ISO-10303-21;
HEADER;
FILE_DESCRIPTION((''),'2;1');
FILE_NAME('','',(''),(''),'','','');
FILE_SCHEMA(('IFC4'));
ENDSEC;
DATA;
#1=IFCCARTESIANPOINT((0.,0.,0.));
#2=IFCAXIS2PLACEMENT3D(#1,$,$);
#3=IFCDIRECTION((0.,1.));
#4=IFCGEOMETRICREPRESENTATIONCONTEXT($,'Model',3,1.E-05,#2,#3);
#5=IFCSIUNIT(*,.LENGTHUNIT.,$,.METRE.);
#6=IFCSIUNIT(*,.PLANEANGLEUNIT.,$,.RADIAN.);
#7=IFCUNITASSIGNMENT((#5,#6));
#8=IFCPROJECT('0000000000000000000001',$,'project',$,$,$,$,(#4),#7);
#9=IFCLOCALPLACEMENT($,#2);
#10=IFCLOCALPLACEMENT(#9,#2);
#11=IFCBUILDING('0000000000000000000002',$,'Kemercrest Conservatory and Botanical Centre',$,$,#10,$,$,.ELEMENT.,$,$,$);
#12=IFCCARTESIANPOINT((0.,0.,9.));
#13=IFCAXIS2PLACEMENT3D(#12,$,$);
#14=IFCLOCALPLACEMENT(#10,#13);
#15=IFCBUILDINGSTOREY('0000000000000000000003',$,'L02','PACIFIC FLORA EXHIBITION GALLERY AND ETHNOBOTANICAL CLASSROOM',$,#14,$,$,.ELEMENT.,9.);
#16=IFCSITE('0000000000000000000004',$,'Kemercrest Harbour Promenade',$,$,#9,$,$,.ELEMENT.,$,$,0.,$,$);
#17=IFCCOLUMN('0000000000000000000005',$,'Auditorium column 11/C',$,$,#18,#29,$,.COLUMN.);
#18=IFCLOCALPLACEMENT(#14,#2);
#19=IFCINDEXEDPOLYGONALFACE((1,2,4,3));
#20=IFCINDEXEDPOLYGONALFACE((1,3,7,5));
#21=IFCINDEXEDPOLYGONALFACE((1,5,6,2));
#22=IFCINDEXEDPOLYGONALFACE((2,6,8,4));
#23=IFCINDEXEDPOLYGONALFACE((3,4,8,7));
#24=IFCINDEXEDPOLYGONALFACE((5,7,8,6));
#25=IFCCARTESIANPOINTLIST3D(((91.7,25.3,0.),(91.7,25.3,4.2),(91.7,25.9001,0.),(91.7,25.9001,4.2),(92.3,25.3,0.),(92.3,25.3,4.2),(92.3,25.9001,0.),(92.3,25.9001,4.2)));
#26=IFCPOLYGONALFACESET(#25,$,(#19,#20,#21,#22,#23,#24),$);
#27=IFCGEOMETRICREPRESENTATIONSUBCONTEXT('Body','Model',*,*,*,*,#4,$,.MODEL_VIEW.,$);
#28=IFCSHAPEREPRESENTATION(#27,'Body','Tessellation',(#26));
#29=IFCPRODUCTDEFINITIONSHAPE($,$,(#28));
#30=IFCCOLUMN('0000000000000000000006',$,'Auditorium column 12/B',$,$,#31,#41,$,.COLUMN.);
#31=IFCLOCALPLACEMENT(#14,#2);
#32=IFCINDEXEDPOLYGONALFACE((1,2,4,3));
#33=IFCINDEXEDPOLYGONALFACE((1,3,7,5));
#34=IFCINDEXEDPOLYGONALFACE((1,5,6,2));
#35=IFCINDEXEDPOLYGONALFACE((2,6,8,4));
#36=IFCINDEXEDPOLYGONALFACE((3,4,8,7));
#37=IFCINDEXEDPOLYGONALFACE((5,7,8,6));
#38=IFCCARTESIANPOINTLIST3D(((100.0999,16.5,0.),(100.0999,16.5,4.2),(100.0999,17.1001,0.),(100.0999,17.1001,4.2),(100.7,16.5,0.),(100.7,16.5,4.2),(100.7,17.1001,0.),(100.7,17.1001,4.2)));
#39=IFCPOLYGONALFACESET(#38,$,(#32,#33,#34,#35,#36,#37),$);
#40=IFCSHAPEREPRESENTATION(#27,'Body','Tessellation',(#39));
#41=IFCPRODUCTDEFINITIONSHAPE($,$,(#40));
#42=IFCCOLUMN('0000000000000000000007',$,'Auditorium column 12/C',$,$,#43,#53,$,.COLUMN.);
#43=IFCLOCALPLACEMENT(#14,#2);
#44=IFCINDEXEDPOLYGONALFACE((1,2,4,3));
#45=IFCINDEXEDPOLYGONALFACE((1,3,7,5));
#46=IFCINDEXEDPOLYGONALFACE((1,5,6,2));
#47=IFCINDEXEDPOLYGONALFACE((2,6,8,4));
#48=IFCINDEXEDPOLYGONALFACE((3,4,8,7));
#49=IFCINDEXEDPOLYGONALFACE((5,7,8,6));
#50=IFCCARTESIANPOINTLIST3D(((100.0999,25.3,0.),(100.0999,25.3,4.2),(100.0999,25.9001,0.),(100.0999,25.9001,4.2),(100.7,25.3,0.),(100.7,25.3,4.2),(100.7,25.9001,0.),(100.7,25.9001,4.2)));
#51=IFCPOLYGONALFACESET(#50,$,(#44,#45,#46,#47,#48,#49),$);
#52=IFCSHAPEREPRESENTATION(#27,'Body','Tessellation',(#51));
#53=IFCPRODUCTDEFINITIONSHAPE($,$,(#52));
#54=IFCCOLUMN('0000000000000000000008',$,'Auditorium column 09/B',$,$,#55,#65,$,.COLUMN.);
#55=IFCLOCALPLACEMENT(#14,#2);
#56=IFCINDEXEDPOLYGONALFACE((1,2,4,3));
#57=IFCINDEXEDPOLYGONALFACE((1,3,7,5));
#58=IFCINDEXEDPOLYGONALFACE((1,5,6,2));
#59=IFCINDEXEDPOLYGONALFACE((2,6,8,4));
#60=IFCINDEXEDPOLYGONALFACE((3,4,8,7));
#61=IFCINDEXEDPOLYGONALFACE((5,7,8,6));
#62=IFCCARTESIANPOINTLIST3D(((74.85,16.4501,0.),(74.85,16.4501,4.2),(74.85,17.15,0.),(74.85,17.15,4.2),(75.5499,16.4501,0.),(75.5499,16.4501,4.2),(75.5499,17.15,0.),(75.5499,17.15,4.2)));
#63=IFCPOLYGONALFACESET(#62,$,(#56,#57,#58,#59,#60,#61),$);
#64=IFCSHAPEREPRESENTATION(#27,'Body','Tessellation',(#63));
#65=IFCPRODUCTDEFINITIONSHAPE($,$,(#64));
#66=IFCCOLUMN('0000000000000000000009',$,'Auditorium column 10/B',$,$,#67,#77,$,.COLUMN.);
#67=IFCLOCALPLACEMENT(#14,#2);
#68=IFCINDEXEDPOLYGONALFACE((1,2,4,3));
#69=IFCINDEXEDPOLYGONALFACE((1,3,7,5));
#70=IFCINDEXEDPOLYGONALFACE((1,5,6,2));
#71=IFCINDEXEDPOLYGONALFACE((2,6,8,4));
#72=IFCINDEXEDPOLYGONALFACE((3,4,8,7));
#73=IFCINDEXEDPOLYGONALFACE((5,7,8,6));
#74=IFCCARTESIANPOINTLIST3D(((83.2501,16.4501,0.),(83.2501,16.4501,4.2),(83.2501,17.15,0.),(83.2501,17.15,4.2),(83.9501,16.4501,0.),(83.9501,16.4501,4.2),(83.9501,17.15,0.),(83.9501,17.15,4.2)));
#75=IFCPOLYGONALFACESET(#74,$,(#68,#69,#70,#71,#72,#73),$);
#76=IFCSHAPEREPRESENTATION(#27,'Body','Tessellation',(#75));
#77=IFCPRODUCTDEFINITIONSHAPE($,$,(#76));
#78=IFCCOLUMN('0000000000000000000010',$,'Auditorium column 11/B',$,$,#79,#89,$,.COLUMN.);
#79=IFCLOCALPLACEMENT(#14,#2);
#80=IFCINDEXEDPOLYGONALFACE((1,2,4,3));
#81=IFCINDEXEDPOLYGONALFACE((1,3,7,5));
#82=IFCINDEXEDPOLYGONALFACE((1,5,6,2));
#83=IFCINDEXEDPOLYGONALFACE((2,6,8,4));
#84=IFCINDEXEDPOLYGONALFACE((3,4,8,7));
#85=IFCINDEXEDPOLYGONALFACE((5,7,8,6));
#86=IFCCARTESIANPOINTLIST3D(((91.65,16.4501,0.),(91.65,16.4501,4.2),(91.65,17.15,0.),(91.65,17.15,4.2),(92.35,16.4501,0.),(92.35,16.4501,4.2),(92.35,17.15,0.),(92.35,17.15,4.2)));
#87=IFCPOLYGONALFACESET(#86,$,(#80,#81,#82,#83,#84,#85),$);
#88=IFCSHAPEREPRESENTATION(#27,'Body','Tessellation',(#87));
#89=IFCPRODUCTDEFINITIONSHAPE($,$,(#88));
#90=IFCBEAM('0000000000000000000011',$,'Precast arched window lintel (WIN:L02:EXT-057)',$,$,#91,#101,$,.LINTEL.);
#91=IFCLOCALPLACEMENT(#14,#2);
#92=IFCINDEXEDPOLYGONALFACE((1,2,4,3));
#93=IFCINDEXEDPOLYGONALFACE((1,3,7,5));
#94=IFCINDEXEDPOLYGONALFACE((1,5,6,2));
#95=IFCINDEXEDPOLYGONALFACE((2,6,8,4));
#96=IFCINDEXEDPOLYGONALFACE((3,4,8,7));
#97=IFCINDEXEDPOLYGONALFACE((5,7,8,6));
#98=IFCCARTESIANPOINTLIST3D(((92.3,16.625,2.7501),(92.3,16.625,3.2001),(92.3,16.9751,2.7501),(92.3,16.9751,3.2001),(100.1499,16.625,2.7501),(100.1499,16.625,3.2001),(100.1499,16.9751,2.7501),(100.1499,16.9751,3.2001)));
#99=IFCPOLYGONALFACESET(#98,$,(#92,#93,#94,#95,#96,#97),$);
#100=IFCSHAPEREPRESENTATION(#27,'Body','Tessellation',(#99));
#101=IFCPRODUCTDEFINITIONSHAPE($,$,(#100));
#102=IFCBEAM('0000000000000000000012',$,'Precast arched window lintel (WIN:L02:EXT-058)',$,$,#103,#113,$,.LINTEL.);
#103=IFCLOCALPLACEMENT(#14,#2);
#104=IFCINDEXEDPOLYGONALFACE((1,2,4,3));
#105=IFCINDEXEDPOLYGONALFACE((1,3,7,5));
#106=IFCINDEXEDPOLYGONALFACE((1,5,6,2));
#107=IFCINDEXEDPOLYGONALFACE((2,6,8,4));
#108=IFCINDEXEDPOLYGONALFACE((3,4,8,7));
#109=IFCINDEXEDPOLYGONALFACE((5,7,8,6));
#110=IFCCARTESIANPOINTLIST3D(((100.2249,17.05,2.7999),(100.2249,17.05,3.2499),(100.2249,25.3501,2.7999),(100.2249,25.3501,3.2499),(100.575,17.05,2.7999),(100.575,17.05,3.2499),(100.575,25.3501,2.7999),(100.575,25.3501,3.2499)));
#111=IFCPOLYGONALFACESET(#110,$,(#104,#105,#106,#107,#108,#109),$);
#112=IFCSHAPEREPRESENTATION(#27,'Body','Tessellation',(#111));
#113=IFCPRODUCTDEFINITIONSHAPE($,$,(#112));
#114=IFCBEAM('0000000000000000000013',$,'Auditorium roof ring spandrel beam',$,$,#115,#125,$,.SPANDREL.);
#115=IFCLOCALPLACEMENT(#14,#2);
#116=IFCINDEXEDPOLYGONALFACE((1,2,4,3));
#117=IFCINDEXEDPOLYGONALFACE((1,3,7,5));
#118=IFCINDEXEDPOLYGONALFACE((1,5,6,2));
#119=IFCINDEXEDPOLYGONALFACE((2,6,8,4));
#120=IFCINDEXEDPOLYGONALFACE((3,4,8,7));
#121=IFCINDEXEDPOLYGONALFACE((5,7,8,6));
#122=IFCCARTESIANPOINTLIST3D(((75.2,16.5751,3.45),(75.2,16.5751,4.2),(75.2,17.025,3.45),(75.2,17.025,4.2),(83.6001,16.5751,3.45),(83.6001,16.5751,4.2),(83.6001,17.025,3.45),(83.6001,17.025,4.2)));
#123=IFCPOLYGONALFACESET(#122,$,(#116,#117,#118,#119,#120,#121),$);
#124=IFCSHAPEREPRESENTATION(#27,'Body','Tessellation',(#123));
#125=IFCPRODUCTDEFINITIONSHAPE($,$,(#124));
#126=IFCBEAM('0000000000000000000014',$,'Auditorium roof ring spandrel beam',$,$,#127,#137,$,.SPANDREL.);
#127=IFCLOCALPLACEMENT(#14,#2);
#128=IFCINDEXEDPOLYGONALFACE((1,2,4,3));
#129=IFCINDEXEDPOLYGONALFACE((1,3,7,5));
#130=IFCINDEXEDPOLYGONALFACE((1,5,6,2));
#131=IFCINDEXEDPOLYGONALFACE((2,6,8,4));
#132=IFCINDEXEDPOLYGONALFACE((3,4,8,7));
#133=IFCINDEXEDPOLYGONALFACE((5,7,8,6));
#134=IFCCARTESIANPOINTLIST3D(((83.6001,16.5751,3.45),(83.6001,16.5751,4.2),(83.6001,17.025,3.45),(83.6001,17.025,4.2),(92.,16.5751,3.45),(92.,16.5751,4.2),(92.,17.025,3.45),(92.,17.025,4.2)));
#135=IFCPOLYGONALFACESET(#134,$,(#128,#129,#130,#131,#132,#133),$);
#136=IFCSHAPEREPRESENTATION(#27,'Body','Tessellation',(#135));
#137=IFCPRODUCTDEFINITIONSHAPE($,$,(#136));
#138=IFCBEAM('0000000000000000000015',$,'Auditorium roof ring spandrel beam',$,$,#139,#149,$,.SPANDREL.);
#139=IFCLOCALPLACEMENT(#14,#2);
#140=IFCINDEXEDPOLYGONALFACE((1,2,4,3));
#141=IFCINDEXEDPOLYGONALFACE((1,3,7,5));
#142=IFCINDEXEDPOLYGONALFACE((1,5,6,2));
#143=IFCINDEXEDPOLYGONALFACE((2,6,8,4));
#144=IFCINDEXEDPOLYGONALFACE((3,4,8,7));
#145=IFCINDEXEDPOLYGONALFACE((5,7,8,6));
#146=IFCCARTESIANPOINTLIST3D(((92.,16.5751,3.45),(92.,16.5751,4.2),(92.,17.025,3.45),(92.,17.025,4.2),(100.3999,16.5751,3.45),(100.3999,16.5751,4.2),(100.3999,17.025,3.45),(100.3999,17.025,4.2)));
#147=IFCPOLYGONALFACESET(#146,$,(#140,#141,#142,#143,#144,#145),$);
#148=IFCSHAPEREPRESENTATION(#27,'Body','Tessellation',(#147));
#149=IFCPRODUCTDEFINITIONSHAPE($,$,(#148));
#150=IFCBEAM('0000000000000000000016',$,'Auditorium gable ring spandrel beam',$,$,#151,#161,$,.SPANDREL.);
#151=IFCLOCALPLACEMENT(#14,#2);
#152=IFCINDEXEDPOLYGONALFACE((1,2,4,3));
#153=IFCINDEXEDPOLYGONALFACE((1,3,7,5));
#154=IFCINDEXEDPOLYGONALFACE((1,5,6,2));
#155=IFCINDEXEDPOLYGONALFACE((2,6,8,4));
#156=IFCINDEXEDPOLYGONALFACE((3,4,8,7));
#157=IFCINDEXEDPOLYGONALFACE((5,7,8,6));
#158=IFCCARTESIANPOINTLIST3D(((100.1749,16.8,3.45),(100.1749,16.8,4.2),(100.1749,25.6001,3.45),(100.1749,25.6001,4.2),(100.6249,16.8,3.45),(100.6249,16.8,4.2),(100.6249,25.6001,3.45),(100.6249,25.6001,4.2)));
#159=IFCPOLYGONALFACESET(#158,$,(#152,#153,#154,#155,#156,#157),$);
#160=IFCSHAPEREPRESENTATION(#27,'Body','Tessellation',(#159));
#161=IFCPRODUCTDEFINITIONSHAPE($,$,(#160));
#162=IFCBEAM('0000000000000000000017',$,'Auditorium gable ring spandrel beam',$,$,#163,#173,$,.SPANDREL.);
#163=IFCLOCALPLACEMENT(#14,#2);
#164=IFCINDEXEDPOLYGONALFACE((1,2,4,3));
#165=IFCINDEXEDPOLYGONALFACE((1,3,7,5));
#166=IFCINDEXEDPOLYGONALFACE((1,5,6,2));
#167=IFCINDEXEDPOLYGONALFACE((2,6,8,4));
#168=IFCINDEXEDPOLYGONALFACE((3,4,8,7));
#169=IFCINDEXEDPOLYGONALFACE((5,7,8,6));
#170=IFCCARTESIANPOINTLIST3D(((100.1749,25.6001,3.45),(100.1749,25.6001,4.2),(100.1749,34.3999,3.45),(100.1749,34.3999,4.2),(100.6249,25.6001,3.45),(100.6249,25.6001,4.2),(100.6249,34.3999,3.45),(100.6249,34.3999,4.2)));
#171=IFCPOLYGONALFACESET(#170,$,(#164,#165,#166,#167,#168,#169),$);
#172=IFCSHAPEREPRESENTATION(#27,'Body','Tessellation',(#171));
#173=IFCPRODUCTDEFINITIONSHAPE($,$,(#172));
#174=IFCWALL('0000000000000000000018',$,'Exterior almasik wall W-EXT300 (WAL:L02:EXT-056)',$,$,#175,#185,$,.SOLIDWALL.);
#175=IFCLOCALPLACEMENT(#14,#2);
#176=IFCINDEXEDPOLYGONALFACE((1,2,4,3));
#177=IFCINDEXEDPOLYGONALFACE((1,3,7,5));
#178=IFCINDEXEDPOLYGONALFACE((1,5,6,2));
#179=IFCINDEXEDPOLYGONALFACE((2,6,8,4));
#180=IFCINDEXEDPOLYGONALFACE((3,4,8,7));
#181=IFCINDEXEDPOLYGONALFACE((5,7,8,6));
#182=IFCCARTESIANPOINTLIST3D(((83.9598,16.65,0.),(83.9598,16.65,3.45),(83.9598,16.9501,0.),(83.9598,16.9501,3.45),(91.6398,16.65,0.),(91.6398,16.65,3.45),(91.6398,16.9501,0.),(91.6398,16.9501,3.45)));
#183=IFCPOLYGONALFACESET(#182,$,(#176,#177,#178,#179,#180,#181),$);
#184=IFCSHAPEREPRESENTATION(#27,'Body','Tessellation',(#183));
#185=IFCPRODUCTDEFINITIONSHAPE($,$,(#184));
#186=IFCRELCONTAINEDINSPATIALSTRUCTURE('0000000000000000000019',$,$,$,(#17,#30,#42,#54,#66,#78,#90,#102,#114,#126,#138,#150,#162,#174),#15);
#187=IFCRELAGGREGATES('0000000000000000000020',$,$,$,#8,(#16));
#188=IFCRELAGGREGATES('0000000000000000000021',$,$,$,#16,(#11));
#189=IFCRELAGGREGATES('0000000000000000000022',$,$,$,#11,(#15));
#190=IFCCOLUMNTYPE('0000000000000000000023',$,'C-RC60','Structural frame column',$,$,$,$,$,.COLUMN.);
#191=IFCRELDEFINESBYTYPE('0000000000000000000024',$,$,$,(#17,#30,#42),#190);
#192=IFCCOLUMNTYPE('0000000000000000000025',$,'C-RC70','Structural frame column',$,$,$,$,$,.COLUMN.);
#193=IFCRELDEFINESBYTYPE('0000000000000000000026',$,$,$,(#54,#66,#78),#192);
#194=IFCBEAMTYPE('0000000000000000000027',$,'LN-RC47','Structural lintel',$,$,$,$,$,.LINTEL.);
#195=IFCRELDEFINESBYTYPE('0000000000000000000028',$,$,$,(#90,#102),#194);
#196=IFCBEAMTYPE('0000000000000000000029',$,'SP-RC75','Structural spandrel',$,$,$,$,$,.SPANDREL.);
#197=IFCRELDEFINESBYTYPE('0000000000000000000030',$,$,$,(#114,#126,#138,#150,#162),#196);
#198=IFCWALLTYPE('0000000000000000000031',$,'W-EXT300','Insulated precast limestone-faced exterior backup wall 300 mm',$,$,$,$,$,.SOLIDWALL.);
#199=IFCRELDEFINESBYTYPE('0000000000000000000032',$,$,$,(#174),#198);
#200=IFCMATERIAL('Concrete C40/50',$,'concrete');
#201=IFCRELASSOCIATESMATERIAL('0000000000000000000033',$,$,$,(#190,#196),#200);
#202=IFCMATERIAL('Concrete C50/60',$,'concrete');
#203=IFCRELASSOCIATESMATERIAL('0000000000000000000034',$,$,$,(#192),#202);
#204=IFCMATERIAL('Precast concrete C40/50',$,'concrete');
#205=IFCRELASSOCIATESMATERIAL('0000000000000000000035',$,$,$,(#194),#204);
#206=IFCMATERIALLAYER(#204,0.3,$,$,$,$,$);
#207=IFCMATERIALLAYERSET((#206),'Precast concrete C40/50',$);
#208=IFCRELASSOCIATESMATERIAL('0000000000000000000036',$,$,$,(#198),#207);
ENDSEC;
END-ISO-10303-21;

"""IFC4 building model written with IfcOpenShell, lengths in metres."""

from ifc_helpers import new_model, si_unit, direction, frame, frame_2d, origin, origin_2d, place, context, subcontext, project, spatial, rectangle, extrude, material, layer, layer_set, material_profile, profile_set, type_object, element, save


model = new_model("IFC4")

# Units and contexts
model_context = context("Model", 3, precision=1e-05, world=origin(), true_north=direction((0.0, 1.0)))
body_context = subcontext(model_context, "Body", "Model", "MODEL_VIEW")
ifc_project = project(units=[si_unit("LENGTHUNIT", "METRE"), si_unit("PLANEANGLEUNIT", "RADIAN")], contexts=[model_context])

# Site, building, storey
site_placement = place(None, origin())
site = spatial("IfcSite", under=ifc_project, at=site_placement, Name="Kemercrest Harbour Promenade", CompositionType="ELEMENT", RefElevation=0.0)
building_placement = place(site_placement, origin())
building = spatial("IfcBuilding", under=site, at=building_placement, Name="Kemercrest Conservatory and Botanical Centre", CompositionType="ELEMENT")
storey_placement = place(building_placement, frame((0.0, 0.0, 9.0)))
storey = spatial("IfcBuildingStorey", under=building, at=storey_placement, Name="L02", Description="PACIFIC FLORA EXHIBITION GALLERY AND ETHNOBOTANICAL CLASSROOM", CompositionType="ELEMENT", Elevation=9.0)

# Columns
ifc_material_1 = material(Name="Concrete C40/50", Category="concrete")
ifc_material_profile_1 = material_profile(ifc_material_1, rectangle(XDim=0.6001, YDim=0.6001, at=origin_2d()), Name="RC 600x600")
ifc_profile_set_1 = profile_set([ifc_material_profile_1], Name="Concrete C40/50")
column_type_1 = type_object("IfcColumnType", Name="C-RC60", Description="Structural frame column", PredefinedType="COLUMN", material=ifc_profile_set_1)
for number, where, z_axis, x_axis, name in (
    (1, (92.0, 25.6001, 0.0), (0.0, 0.0, 1.0), (1.0, 0.0, 0.0), "Auditorium column 11/C"),
    (2, (100.3999, 16.8, 0.0), (0.0, 0.0, 1.0), (1.0, 0.0, 0.0), "Auditorium column 12/B"),
    (3, (100.3999, 25.6001, 0.0), (0.0, 0.0, 1.0), (1.0, 0.0, 0.0), "Auditorium column 12/C"),
):
    element("IfcColumn", number, at=place(storey_placement, frame(where, z_axis=z_axis, x_axis=x_axis)), inside=storey, type_object=column_type_1, Name=name, PredefinedType="COLUMN", context=body_context, shape_type="SweptSolid", body=[
        extrude(rectangle(XDim=0.6001, YDim=0.6001, at=origin_2d()), origin(), (0.0, 0.0, 1.0), 4.2),
    ])
ifc_material_2 = material(Name="Concrete C50/60", Category="concrete")
ifc_material_profile_2 = material_profile(ifc_material_2, rectangle(XDim=0.7, YDim=0.7, at=origin_2d()), Name="RC 700x700")
ifc_profile_set_2 = profile_set([ifc_material_profile_2], Name="Concrete C50/60")
column_type_2 = type_object("IfcColumnType", Name="C-RC70", Description="Structural frame column", PredefinedType="COLUMN", material=ifc_profile_set_2)
for number, where, z_axis, x_axis, name in (
    (4, (75.2, 16.8, 0.0), (0.0, 0.0, 1.0), (1.0, 0.0, 0.0), "Auditorium column 09/B"),
    (5, (83.6001, 16.8, 0.0), (0.0, 0.0, 1.0), (1.0, 0.0, 0.0), "Auditorium column 10/B"),
    (6, (92.0, 16.8, 0.0), (0.0, 0.0, 1.0), (1.0, 0.0, 0.0), "Auditorium column 11/B"),
):
    element("IfcColumn", number, at=place(storey_placement, frame(where, z_axis=z_axis, x_axis=x_axis)), inside=storey, type_object=column_type_2, Name=name, PredefinedType="COLUMN", context=body_context, shape_type="SweptSolid", body=[
        extrude(rectangle(XDim=0.7, YDim=0.7, at=origin_2d()), origin(), (0.0, 0.0, 1.0), 4.2),
    ])

# Beams
ifc_material_3 = material(Name="Precast concrete C40/50", Category="concrete")
ifc_material_profile_3 = material_profile(ifc_material_3, rectangle(XDim=0.3501, YDim=0.45, at=origin_2d()), Name="RC 350x450")
ifc_profile_set_3 = profile_set([ifc_material_profile_3], Name="Precast concrete C40/50")
beam_type_1 = type_object("IfcBeamType", Name="LN-RC47", Description="Structural lintel", PredefinedType="LINTEL", material=ifc_profile_set_3)
beam_1_placement = place(storey_placement, frame((92.3, 16.8, 2.9751), z_axis=(1.0, 0.0, 0.0), x_axis=(0.0, 1.0, 0.0)))
element("IfcBeam", 7, at=beam_1_placement, inside=storey, type_object=beam_type_1, Name="Precast arched window lintel (WIN:L02:EXT-057)", PredefinedType="LINTEL", context=body_context, shape_type="SweptSolid", body=[
    extrude(rectangle(XDim=0.3501, YDim=0.45, at=origin_2d()), origin(), (0.0, 0.0, 1.0), 7.8499),
])
beam_2_placement = place(storey_placement, frame((100.3999, 17.05, 3.0249), z_axis=(0.0, 1.0, 0.0), x_axis=(-1.0, 0.0, 0.0)))
element("IfcBeam", 8, at=beam_2_placement, inside=storey, type_object=beam_type_1, Name="Precast arched window lintel (WIN:L02:EXT-058)", PredefinedType="LINTEL", context=body_context, shape_type="SweptSolid", body=[
    extrude(rectangle(XDim=0.3501, YDim=0.45, at=origin_2d()), origin(), (0.0, 0.0, 1.0), 8.3),
])
ifc_material_profile_4 = material_profile(ifc_material_1, rectangle(XDim=0.45, YDim=0.75, at=origin_2d()), Name="RC 450x750")
ifc_profile_set_4 = profile_set([ifc_material_profile_4], Name="Concrete C40/50")
beam_type_2 = type_object("IfcBeamType", Name="SP-RC75", Description="Structural spandrel", PredefinedType="SPANDREL", material=ifc_profile_set_4)
beam_3_placement = place(storey_placement, frame((75.2, 16.8, 3.825), z_axis=(1.0, 0.0, 0.0), x_axis=(0.0, 1.0, 0.0)))
element("IfcBeam", 9, at=beam_3_placement, inside=storey, type_object=beam_type_2, Name="Auditorium roof ring spandrel beam", PredefinedType="SPANDREL", context=body_context, shape_type="SweptSolid", body=[
    extrude(rectangle(XDim=0.45, YDim=0.75, at=origin_2d()), origin(), (0.0, 0.0, 1.0), 8.4001),
])
for number, where, z_axis, x_axis, name in (
    (10, (83.6001, 16.8, 3.825), (1.0, 0.0, 0.0), (0.0, 1.0, 0.0), "Auditorium roof ring spandrel beam"),
    (11, (92.0, 16.8, 3.825), (1.0, 0.0, 0.0), (0.0, 1.0, 0.0), "Auditorium roof ring spandrel beam"),
):
    element("IfcBeam", number, at=place(storey_placement, frame(where, z_axis=z_axis, x_axis=x_axis)), inside=storey, type_object=beam_type_2, Name=name, PredefinedType="SPANDREL", context=body_context, shape_type="SweptSolid", body=[
        extrude(rectangle(XDim=0.45, YDim=0.75, at=origin_2d()), origin(), (0.0, 0.0, 1.0), 8.3999),
    ])
beam_4_placement = place(storey_placement, frame((100.3999, 16.8, 3.825), z_axis=(0.0, 1.0, 0.0), x_axis=(-1.0, 0.0, 0.0)))
element("IfcBeam", 12, at=beam_4_placement, inside=storey, type_object=beam_type_2, Name="Auditorium gable ring spandrel beam", PredefinedType="SPANDREL", context=body_context, shape_type="SweptSolid", body=[
    extrude(rectangle(XDim=0.45, YDim=0.75, at=origin_2d()), origin(), (0.0, 0.0, 1.0), 8.8),
])
beam_5_placement = place(storey_placement, frame((100.3999, 25.6001, 3.825), z_axis=(0.0, 1.0, 0.0), x_axis=(-1.0, 0.0, 0.0)))
element("IfcBeam", 13, at=beam_5_placement, inside=storey, type_object=beam_type_2, Name="Auditorium gable ring spandrel beam", PredefinedType="SPANDREL", context=body_context, shape_type="SweptSolid", body=[
    extrude(rectangle(XDim=0.45, YDim=0.75, at=origin_2d()), origin(), (0.0, 0.0, 1.0), 8.7998),
])

# Wall
ifc_layer = layer(ifc_material_3, 0.3)
ifc_layer_set = layer_set([ifc_layer], Name="Precast concrete C40/50")
wall_type = type_object("IfcWallType", Name="W-EXT300", Description="Insulated precast limestone-faced exterior backup wall 300 mm", PredefinedType="SOLIDWALL", material=ifc_layer_set)
for number, where, z_axis, x_axis, name in (
    (14, (83.96, 16.8, 0.0), (0.0, 0.0, 1.0), (1.0, 0.0, 0.0), "Exterior almasik wall W-EXT300 (WAL:L02:EXT-056)"),
):
    element("IfcWall", number, at=place(storey_placement, frame(where, z_axis=z_axis, x_axis=x_axis)), inside=storey, type_object=wall_type, Name=name, PredefinedType="SOLIDWALL", context=body_context, shape_type="SweptSolid", body=[
        extrude(rectangle(XDim=7.6799, YDim=0.3, at=frame_2d((3.8398, 0.0))), origin(), (0.0, 0.0, 1.0), 3.45),
    ])

save(model, "model.ifc")
